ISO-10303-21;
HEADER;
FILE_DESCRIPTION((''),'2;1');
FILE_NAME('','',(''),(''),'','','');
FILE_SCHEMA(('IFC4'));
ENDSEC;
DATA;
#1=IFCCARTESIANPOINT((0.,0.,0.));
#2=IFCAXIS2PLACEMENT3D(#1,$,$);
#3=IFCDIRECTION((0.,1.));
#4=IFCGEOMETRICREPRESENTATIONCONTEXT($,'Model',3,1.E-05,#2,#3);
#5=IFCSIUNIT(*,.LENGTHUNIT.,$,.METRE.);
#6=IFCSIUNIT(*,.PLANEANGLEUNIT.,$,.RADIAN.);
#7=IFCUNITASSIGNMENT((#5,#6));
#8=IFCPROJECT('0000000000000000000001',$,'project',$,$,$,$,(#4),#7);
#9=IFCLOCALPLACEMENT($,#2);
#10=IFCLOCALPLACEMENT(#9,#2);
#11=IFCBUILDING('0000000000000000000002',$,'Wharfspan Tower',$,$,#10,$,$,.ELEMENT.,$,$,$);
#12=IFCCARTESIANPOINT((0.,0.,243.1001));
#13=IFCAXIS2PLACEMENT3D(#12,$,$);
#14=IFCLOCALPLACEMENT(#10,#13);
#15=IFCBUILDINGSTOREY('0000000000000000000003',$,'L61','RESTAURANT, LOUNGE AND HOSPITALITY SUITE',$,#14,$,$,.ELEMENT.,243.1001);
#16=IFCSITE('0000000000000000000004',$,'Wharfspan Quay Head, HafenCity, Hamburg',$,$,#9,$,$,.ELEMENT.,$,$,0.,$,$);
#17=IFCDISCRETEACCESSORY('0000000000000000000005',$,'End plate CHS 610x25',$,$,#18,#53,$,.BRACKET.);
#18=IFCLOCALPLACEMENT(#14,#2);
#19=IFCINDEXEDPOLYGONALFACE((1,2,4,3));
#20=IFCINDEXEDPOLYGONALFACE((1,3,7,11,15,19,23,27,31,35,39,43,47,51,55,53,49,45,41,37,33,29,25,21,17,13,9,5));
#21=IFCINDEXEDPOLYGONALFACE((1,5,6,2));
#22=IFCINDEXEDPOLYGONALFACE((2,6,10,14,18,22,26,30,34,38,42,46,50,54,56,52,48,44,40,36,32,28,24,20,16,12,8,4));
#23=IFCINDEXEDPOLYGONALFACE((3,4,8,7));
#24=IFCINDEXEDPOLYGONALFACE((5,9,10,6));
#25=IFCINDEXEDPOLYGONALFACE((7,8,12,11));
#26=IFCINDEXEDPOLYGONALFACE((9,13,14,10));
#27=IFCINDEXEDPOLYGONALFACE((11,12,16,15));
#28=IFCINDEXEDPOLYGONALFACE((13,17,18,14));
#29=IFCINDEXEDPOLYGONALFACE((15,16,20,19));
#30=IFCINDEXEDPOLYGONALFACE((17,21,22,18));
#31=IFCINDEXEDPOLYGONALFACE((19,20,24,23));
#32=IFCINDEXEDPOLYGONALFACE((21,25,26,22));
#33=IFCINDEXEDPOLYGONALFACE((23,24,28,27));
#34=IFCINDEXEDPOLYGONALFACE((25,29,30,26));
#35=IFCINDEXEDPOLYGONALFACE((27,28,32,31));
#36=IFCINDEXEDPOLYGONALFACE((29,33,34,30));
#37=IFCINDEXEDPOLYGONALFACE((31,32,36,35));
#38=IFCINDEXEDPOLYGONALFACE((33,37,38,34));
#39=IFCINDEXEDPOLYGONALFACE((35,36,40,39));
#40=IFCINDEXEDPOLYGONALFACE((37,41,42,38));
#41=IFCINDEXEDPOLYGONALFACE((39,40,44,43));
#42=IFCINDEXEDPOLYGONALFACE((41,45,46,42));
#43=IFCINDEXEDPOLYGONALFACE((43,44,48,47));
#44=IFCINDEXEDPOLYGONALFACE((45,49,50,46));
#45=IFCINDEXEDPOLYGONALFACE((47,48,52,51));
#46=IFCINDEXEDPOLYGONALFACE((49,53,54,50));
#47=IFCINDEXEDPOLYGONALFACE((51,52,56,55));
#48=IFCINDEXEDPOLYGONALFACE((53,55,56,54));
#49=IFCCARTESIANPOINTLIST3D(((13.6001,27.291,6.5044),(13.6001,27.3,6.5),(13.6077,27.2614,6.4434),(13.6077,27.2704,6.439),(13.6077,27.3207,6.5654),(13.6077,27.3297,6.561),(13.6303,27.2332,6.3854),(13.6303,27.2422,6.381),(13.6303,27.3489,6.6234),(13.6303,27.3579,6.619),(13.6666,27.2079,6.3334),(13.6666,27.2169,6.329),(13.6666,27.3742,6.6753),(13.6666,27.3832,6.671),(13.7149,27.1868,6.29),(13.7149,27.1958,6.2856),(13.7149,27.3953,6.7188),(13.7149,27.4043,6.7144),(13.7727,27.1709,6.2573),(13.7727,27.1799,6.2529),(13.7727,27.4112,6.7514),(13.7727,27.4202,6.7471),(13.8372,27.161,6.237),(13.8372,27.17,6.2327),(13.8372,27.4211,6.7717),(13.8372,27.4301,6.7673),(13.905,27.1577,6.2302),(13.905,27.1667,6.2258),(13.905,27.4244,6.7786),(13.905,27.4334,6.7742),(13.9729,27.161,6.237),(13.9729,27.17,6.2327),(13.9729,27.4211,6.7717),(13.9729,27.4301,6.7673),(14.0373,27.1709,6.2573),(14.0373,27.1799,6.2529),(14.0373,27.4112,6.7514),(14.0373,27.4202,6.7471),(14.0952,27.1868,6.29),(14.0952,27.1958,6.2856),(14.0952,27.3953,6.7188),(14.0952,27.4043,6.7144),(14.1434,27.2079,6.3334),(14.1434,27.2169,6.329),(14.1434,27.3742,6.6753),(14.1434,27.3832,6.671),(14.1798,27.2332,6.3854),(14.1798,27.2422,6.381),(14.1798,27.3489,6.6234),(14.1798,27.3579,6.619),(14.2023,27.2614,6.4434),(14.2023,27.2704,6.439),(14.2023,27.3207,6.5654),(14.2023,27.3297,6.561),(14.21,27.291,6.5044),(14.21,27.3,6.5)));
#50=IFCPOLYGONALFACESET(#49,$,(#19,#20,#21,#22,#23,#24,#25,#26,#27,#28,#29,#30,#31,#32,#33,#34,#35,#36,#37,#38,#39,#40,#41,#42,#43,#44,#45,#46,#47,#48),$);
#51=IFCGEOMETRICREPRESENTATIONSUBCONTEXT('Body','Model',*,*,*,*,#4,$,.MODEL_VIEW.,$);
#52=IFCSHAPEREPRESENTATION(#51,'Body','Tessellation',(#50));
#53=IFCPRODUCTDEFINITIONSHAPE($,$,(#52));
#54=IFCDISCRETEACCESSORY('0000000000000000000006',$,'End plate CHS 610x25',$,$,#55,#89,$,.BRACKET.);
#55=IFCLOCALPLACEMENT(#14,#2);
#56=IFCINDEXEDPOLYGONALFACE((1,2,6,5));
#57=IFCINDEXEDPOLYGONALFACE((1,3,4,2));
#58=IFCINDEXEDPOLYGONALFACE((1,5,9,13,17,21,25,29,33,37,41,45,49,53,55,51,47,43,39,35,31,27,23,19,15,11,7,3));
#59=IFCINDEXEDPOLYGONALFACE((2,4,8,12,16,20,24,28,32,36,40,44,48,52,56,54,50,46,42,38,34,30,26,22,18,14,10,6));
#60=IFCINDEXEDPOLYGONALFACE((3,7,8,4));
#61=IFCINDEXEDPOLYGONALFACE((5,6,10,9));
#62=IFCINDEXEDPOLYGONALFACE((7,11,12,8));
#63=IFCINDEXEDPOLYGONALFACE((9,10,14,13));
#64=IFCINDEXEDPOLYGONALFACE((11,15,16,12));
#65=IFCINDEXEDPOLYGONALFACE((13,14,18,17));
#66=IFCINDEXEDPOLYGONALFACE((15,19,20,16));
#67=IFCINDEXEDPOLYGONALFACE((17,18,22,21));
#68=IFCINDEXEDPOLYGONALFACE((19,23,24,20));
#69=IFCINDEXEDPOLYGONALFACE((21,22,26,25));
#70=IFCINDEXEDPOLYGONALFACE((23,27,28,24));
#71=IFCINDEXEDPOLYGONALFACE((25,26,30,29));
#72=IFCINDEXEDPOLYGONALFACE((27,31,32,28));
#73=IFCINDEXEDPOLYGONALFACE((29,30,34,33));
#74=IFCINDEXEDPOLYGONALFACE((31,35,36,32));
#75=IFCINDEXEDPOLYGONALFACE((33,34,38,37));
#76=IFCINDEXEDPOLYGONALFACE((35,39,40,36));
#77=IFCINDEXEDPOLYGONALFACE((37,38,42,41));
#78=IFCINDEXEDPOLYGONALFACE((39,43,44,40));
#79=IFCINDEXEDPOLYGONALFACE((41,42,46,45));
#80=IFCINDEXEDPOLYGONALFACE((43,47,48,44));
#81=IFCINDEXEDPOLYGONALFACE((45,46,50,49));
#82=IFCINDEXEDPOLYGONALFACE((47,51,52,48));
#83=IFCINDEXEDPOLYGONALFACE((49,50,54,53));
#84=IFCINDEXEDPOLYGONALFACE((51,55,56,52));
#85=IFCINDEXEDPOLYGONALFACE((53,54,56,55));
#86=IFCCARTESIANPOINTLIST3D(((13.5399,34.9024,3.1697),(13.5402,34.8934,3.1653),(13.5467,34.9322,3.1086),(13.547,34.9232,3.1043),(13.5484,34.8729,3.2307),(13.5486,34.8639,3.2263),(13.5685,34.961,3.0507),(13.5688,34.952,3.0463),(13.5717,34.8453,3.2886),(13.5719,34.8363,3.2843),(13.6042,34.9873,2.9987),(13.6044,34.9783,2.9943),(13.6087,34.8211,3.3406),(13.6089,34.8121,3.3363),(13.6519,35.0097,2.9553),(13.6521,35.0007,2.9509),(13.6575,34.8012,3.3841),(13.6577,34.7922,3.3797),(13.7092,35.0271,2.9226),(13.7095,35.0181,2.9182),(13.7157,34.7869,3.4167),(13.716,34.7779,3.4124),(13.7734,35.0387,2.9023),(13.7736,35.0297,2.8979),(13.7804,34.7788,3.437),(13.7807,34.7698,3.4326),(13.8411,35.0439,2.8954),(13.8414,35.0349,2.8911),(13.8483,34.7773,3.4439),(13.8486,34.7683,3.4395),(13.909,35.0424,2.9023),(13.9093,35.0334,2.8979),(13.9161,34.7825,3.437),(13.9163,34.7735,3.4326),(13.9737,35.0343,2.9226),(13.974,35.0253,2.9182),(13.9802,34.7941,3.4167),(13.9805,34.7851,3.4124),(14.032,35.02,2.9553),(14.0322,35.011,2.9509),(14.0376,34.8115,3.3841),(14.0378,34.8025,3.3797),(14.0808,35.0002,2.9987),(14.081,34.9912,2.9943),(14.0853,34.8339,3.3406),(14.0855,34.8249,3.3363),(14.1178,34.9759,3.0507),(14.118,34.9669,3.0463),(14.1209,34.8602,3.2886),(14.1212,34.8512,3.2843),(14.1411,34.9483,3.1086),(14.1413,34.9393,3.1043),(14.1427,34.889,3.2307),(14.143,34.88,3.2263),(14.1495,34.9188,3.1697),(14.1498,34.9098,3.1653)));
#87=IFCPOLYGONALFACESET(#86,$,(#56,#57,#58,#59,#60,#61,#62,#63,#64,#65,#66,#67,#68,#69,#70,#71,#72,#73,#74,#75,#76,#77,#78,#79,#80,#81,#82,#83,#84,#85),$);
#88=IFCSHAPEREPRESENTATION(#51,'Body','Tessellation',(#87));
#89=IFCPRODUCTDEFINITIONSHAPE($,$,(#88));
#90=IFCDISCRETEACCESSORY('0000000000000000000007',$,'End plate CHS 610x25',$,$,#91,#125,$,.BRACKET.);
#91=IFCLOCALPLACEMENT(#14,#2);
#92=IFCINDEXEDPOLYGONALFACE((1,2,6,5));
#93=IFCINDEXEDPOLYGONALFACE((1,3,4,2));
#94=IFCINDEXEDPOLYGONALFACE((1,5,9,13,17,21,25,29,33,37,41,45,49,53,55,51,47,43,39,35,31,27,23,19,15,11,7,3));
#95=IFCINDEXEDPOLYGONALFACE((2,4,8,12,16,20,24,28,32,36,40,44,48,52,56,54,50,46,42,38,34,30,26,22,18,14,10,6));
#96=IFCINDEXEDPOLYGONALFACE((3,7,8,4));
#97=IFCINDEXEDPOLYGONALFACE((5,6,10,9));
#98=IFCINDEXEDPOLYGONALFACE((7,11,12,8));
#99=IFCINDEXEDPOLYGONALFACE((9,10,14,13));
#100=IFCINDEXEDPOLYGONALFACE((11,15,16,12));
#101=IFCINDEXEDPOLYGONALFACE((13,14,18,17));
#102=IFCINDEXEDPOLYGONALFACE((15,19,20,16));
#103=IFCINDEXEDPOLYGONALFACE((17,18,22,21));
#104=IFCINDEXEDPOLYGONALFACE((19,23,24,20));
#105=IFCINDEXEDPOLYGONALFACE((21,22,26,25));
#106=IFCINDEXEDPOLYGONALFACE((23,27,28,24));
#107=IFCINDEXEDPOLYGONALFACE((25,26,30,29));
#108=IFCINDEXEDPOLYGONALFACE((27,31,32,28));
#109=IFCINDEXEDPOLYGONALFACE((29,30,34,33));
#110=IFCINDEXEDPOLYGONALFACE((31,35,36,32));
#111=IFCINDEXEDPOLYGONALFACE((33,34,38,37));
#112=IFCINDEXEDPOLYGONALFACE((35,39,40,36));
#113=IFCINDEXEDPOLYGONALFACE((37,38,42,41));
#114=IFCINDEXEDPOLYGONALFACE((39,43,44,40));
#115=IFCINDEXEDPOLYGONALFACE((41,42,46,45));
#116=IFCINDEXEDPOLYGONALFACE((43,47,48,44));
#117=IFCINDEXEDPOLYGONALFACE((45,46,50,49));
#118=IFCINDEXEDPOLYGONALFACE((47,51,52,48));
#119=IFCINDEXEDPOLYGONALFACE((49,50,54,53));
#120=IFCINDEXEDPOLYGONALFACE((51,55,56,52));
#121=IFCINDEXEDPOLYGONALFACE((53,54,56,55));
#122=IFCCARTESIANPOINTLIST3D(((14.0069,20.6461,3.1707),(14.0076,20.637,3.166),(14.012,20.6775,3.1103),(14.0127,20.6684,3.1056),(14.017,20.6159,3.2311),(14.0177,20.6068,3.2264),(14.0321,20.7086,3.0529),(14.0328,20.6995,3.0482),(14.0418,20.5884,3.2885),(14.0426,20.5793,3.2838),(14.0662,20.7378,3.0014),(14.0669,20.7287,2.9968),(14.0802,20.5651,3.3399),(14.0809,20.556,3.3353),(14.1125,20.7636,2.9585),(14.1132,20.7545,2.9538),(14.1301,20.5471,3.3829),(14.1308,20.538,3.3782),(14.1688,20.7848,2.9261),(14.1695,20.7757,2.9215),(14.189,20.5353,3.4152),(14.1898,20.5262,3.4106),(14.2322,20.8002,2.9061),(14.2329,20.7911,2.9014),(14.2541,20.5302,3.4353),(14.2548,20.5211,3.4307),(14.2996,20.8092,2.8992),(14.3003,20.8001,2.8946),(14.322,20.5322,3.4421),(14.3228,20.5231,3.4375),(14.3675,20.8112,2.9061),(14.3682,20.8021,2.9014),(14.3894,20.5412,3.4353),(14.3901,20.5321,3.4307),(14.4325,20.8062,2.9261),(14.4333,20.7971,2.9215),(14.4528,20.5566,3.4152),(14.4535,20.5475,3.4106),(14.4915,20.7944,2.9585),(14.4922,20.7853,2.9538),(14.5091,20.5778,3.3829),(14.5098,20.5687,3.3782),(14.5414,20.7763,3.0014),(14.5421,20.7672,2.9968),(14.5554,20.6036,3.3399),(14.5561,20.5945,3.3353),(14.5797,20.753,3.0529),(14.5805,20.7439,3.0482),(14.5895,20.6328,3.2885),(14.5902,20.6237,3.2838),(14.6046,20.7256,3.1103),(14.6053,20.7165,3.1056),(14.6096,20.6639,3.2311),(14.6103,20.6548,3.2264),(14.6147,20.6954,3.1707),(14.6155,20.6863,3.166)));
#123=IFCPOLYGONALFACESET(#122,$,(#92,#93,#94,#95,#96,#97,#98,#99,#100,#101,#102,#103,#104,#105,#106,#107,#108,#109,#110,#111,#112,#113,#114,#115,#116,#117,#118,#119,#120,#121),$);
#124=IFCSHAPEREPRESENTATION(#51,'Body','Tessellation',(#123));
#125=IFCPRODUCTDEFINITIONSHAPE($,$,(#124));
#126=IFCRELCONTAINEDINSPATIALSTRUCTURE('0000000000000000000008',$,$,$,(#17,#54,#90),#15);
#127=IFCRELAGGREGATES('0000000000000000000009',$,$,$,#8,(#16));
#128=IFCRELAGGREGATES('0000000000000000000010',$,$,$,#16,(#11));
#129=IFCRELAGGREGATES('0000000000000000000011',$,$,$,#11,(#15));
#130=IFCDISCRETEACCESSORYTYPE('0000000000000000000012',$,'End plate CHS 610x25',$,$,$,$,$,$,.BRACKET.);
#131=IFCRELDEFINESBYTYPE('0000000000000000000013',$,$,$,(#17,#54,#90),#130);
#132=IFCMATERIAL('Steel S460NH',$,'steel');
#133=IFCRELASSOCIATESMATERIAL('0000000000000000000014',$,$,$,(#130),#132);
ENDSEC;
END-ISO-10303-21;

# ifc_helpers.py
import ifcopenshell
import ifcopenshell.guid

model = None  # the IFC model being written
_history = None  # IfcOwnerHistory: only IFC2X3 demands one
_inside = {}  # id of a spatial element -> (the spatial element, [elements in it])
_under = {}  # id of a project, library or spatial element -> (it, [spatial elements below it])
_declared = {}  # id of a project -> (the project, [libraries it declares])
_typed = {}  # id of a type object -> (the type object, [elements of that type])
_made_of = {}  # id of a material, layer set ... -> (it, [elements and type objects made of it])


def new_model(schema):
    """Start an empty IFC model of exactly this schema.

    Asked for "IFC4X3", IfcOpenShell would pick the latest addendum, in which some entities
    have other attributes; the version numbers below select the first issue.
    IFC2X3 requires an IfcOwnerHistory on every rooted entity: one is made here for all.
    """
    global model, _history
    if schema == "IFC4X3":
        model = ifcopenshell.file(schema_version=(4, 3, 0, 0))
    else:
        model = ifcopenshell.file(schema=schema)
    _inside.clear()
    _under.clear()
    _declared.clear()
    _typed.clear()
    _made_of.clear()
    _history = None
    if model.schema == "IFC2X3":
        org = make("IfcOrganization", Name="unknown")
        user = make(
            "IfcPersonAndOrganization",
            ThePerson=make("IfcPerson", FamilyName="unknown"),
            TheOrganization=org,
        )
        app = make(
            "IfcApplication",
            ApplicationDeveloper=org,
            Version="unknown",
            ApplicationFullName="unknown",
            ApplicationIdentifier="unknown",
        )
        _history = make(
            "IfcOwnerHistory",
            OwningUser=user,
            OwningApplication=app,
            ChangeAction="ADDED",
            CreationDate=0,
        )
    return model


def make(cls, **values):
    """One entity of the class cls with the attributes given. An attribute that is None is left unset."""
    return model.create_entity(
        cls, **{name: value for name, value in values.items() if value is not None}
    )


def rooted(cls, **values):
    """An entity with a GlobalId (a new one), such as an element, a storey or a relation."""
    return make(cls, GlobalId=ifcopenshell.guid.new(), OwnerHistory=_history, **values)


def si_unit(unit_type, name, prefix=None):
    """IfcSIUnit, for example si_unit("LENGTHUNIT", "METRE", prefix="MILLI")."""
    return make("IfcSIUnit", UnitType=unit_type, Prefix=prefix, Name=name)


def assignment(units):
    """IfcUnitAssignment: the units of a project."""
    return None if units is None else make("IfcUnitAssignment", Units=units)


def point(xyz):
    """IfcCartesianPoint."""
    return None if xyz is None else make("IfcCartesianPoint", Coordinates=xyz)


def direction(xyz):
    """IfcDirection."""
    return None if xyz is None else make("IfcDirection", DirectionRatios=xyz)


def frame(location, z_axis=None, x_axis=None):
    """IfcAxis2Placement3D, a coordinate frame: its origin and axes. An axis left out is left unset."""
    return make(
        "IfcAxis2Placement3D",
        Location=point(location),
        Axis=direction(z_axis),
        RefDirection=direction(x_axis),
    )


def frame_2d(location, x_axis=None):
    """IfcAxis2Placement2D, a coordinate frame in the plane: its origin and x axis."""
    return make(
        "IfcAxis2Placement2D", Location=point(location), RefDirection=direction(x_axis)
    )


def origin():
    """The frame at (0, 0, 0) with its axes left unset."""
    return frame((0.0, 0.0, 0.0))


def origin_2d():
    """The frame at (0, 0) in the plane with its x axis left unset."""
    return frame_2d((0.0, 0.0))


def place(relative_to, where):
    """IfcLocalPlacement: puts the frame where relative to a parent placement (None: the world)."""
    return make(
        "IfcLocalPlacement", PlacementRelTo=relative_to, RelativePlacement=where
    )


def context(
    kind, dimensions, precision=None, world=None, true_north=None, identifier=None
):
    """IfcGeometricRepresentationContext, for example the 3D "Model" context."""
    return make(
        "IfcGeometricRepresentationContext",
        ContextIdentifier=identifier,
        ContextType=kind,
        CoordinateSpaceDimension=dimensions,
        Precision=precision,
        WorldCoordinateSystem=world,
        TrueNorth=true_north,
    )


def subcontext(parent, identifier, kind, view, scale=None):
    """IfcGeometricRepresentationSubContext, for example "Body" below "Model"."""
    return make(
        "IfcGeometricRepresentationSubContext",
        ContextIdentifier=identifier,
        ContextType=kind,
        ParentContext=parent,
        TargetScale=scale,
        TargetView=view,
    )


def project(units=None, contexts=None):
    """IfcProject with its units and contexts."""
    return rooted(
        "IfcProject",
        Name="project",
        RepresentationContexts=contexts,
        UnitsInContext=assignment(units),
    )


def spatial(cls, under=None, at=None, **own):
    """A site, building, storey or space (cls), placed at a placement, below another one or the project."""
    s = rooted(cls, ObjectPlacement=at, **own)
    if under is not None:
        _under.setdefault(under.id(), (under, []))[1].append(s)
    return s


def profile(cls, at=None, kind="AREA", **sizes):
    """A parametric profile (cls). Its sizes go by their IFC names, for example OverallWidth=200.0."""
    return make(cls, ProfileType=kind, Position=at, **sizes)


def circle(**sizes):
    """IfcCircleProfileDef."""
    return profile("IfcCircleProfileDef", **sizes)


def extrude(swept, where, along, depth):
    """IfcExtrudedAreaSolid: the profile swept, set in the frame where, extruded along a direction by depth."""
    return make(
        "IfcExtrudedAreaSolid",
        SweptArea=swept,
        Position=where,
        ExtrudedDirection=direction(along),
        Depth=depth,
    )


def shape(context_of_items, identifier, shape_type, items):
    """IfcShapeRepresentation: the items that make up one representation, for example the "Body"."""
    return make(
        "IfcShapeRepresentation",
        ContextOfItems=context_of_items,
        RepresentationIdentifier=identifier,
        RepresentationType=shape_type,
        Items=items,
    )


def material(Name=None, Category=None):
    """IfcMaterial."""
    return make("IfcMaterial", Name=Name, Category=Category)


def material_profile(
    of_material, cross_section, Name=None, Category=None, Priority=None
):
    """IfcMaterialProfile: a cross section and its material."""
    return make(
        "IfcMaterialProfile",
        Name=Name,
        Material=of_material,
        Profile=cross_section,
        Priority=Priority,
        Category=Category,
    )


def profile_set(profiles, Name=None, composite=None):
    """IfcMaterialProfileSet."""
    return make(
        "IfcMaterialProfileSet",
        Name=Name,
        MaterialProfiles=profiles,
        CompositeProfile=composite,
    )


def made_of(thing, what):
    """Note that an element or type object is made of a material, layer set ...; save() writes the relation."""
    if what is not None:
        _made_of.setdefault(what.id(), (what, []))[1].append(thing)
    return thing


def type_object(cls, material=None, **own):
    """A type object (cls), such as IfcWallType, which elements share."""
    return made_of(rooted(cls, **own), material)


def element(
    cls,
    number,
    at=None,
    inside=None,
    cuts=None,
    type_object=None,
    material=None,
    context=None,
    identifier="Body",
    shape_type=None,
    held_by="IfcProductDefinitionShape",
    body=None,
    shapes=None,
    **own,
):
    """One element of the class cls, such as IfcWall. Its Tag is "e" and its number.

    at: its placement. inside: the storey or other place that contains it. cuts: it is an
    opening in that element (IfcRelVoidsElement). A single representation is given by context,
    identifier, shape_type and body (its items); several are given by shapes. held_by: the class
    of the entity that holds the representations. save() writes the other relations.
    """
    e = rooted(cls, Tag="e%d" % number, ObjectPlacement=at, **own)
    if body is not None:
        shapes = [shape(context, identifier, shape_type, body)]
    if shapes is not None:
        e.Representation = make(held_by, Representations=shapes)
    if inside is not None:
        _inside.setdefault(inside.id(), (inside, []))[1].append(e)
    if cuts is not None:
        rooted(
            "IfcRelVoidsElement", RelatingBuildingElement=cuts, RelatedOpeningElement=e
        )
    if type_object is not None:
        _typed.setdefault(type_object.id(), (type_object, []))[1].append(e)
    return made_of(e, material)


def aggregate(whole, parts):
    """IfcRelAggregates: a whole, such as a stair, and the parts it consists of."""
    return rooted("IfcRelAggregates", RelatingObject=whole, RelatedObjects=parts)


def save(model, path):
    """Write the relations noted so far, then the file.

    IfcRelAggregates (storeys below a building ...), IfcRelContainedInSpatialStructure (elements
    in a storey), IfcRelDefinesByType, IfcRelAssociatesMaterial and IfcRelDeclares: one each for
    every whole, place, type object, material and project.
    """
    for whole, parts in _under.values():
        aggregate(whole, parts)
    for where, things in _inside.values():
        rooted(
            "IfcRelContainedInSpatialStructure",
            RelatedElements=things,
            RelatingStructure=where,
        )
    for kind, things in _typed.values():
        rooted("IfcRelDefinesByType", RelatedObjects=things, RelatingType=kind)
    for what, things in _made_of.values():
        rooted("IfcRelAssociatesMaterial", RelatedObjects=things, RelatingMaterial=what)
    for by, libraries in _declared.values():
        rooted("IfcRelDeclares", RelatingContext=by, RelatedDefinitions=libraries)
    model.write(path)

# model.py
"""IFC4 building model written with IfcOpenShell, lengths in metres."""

from ifc_helpers import new_model, si_unit, direction, frame, origin, origin_2d, place, context, subcontext, project, spatial, circle, extrude, material, material_profile, profile_set, type_object, element, save


model = new_model("IFC4")

# Units and contexts
model_context = context("Model", 3, precision=1e-05, world=origin(), true_north=direction((0.0, 1.0)))
body_context = subcontext(model_context, "Body", "Model", "MODEL_VIEW")
ifc_project = project(units=[si_unit("LENGTHUNIT", "METRE"), si_unit("PLANEANGLEUNIT", "RADIAN")], contexts=[model_context])

# Site, building, storey
site_placement = place(None, origin())
site = spatial("IfcSite", under=ifc_project, at=site_placement, Name="Wharfspan Quay Head, HafenCity, Hamburg", CompositionType="ELEMENT", RefElevation=0.0)
building_placement = place(site_placement, origin())
building = spatial("IfcBuilding", under=site, at=building_placement, Name="Wharfspan Tower", CompositionType="ELEMENT")
storey_placement = place(building_placement, frame((0.0, 0.0, 243.1001)))
storey = spatial("IfcBuildingStorey", under=building, at=storey_placement, Name="L61", Description="RESTAURANT, LOUNGE AND HOSPITALITY SUITE", CompositionType="ELEMENT", Elevation=243.1001)

# Shared definitions
ifc_material_1 = material(Name="Steel S460NH", Category="steel")

# Discrete accessories
ifc_material_profile_1 = material_profile(ifc_material_1, circle(Radius=0.3049, at=origin_2d()))
ifc_profile_set_1 = profile_set([ifc_material_profile_1], Name="Steel S460NH")
discrete_accessory_type = type_object("IfcDiscreteAccessoryType", Name="End plate CHS 610x25", PredefinedType="BRACKET", material=ifc_profile_set_1)
for number, where, z_axis, x_axis, name in (
    (1, (13.905, 27.3, 6.5), (0.0, -0.899235, 0.437466), (1.0, 0.0, 0.0), "End plate CHS 610x25"),
    (2, (13.845, 34.9016, 3.1653), (-0.024296, 0.89897, 0.437337), (-0.999631, -0.027017, 0.000001), "End plate CHS 610x25"),
):
    element("IfcDiscreteAccessory", number, at=place(storey_placement, frame(where, z_axis=z_axis, x_axis=x_axis)), inside=storey, type_object=discrete_accessory_type, Name=name, PredefinedType="BRACKET", context=body_context, shape_type="SweptSolid", body=[
        extrude(circle(Radius=0.3049, at=origin_2d()), origin(), (0.0, 0.0, 1.0), 0.01),
    ])
discrete_accessory_1_placement = place(storey_placement, frame((14.3115, 20.6616, 3.166), z_axis=(-0.07194, 0.887262, 0.455621), x_axis=(-0.996733, -0.080816, 0.0)))
element("IfcDiscreteAccessory", 3, at=discrete_accessory_1_placement, inside=storey, type_object=discrete_accessory_type, Name="End plate CHS 610x25", PredefinedType="BRACKET", context=body_context, shape_type="SweptSolid", body=[
    extrude(circle(Radius=0.3049, at=origin_2d()), origin(), (0.0, 0.0, 1.0), 0.0103),
])

save(model, "model.ifc")
